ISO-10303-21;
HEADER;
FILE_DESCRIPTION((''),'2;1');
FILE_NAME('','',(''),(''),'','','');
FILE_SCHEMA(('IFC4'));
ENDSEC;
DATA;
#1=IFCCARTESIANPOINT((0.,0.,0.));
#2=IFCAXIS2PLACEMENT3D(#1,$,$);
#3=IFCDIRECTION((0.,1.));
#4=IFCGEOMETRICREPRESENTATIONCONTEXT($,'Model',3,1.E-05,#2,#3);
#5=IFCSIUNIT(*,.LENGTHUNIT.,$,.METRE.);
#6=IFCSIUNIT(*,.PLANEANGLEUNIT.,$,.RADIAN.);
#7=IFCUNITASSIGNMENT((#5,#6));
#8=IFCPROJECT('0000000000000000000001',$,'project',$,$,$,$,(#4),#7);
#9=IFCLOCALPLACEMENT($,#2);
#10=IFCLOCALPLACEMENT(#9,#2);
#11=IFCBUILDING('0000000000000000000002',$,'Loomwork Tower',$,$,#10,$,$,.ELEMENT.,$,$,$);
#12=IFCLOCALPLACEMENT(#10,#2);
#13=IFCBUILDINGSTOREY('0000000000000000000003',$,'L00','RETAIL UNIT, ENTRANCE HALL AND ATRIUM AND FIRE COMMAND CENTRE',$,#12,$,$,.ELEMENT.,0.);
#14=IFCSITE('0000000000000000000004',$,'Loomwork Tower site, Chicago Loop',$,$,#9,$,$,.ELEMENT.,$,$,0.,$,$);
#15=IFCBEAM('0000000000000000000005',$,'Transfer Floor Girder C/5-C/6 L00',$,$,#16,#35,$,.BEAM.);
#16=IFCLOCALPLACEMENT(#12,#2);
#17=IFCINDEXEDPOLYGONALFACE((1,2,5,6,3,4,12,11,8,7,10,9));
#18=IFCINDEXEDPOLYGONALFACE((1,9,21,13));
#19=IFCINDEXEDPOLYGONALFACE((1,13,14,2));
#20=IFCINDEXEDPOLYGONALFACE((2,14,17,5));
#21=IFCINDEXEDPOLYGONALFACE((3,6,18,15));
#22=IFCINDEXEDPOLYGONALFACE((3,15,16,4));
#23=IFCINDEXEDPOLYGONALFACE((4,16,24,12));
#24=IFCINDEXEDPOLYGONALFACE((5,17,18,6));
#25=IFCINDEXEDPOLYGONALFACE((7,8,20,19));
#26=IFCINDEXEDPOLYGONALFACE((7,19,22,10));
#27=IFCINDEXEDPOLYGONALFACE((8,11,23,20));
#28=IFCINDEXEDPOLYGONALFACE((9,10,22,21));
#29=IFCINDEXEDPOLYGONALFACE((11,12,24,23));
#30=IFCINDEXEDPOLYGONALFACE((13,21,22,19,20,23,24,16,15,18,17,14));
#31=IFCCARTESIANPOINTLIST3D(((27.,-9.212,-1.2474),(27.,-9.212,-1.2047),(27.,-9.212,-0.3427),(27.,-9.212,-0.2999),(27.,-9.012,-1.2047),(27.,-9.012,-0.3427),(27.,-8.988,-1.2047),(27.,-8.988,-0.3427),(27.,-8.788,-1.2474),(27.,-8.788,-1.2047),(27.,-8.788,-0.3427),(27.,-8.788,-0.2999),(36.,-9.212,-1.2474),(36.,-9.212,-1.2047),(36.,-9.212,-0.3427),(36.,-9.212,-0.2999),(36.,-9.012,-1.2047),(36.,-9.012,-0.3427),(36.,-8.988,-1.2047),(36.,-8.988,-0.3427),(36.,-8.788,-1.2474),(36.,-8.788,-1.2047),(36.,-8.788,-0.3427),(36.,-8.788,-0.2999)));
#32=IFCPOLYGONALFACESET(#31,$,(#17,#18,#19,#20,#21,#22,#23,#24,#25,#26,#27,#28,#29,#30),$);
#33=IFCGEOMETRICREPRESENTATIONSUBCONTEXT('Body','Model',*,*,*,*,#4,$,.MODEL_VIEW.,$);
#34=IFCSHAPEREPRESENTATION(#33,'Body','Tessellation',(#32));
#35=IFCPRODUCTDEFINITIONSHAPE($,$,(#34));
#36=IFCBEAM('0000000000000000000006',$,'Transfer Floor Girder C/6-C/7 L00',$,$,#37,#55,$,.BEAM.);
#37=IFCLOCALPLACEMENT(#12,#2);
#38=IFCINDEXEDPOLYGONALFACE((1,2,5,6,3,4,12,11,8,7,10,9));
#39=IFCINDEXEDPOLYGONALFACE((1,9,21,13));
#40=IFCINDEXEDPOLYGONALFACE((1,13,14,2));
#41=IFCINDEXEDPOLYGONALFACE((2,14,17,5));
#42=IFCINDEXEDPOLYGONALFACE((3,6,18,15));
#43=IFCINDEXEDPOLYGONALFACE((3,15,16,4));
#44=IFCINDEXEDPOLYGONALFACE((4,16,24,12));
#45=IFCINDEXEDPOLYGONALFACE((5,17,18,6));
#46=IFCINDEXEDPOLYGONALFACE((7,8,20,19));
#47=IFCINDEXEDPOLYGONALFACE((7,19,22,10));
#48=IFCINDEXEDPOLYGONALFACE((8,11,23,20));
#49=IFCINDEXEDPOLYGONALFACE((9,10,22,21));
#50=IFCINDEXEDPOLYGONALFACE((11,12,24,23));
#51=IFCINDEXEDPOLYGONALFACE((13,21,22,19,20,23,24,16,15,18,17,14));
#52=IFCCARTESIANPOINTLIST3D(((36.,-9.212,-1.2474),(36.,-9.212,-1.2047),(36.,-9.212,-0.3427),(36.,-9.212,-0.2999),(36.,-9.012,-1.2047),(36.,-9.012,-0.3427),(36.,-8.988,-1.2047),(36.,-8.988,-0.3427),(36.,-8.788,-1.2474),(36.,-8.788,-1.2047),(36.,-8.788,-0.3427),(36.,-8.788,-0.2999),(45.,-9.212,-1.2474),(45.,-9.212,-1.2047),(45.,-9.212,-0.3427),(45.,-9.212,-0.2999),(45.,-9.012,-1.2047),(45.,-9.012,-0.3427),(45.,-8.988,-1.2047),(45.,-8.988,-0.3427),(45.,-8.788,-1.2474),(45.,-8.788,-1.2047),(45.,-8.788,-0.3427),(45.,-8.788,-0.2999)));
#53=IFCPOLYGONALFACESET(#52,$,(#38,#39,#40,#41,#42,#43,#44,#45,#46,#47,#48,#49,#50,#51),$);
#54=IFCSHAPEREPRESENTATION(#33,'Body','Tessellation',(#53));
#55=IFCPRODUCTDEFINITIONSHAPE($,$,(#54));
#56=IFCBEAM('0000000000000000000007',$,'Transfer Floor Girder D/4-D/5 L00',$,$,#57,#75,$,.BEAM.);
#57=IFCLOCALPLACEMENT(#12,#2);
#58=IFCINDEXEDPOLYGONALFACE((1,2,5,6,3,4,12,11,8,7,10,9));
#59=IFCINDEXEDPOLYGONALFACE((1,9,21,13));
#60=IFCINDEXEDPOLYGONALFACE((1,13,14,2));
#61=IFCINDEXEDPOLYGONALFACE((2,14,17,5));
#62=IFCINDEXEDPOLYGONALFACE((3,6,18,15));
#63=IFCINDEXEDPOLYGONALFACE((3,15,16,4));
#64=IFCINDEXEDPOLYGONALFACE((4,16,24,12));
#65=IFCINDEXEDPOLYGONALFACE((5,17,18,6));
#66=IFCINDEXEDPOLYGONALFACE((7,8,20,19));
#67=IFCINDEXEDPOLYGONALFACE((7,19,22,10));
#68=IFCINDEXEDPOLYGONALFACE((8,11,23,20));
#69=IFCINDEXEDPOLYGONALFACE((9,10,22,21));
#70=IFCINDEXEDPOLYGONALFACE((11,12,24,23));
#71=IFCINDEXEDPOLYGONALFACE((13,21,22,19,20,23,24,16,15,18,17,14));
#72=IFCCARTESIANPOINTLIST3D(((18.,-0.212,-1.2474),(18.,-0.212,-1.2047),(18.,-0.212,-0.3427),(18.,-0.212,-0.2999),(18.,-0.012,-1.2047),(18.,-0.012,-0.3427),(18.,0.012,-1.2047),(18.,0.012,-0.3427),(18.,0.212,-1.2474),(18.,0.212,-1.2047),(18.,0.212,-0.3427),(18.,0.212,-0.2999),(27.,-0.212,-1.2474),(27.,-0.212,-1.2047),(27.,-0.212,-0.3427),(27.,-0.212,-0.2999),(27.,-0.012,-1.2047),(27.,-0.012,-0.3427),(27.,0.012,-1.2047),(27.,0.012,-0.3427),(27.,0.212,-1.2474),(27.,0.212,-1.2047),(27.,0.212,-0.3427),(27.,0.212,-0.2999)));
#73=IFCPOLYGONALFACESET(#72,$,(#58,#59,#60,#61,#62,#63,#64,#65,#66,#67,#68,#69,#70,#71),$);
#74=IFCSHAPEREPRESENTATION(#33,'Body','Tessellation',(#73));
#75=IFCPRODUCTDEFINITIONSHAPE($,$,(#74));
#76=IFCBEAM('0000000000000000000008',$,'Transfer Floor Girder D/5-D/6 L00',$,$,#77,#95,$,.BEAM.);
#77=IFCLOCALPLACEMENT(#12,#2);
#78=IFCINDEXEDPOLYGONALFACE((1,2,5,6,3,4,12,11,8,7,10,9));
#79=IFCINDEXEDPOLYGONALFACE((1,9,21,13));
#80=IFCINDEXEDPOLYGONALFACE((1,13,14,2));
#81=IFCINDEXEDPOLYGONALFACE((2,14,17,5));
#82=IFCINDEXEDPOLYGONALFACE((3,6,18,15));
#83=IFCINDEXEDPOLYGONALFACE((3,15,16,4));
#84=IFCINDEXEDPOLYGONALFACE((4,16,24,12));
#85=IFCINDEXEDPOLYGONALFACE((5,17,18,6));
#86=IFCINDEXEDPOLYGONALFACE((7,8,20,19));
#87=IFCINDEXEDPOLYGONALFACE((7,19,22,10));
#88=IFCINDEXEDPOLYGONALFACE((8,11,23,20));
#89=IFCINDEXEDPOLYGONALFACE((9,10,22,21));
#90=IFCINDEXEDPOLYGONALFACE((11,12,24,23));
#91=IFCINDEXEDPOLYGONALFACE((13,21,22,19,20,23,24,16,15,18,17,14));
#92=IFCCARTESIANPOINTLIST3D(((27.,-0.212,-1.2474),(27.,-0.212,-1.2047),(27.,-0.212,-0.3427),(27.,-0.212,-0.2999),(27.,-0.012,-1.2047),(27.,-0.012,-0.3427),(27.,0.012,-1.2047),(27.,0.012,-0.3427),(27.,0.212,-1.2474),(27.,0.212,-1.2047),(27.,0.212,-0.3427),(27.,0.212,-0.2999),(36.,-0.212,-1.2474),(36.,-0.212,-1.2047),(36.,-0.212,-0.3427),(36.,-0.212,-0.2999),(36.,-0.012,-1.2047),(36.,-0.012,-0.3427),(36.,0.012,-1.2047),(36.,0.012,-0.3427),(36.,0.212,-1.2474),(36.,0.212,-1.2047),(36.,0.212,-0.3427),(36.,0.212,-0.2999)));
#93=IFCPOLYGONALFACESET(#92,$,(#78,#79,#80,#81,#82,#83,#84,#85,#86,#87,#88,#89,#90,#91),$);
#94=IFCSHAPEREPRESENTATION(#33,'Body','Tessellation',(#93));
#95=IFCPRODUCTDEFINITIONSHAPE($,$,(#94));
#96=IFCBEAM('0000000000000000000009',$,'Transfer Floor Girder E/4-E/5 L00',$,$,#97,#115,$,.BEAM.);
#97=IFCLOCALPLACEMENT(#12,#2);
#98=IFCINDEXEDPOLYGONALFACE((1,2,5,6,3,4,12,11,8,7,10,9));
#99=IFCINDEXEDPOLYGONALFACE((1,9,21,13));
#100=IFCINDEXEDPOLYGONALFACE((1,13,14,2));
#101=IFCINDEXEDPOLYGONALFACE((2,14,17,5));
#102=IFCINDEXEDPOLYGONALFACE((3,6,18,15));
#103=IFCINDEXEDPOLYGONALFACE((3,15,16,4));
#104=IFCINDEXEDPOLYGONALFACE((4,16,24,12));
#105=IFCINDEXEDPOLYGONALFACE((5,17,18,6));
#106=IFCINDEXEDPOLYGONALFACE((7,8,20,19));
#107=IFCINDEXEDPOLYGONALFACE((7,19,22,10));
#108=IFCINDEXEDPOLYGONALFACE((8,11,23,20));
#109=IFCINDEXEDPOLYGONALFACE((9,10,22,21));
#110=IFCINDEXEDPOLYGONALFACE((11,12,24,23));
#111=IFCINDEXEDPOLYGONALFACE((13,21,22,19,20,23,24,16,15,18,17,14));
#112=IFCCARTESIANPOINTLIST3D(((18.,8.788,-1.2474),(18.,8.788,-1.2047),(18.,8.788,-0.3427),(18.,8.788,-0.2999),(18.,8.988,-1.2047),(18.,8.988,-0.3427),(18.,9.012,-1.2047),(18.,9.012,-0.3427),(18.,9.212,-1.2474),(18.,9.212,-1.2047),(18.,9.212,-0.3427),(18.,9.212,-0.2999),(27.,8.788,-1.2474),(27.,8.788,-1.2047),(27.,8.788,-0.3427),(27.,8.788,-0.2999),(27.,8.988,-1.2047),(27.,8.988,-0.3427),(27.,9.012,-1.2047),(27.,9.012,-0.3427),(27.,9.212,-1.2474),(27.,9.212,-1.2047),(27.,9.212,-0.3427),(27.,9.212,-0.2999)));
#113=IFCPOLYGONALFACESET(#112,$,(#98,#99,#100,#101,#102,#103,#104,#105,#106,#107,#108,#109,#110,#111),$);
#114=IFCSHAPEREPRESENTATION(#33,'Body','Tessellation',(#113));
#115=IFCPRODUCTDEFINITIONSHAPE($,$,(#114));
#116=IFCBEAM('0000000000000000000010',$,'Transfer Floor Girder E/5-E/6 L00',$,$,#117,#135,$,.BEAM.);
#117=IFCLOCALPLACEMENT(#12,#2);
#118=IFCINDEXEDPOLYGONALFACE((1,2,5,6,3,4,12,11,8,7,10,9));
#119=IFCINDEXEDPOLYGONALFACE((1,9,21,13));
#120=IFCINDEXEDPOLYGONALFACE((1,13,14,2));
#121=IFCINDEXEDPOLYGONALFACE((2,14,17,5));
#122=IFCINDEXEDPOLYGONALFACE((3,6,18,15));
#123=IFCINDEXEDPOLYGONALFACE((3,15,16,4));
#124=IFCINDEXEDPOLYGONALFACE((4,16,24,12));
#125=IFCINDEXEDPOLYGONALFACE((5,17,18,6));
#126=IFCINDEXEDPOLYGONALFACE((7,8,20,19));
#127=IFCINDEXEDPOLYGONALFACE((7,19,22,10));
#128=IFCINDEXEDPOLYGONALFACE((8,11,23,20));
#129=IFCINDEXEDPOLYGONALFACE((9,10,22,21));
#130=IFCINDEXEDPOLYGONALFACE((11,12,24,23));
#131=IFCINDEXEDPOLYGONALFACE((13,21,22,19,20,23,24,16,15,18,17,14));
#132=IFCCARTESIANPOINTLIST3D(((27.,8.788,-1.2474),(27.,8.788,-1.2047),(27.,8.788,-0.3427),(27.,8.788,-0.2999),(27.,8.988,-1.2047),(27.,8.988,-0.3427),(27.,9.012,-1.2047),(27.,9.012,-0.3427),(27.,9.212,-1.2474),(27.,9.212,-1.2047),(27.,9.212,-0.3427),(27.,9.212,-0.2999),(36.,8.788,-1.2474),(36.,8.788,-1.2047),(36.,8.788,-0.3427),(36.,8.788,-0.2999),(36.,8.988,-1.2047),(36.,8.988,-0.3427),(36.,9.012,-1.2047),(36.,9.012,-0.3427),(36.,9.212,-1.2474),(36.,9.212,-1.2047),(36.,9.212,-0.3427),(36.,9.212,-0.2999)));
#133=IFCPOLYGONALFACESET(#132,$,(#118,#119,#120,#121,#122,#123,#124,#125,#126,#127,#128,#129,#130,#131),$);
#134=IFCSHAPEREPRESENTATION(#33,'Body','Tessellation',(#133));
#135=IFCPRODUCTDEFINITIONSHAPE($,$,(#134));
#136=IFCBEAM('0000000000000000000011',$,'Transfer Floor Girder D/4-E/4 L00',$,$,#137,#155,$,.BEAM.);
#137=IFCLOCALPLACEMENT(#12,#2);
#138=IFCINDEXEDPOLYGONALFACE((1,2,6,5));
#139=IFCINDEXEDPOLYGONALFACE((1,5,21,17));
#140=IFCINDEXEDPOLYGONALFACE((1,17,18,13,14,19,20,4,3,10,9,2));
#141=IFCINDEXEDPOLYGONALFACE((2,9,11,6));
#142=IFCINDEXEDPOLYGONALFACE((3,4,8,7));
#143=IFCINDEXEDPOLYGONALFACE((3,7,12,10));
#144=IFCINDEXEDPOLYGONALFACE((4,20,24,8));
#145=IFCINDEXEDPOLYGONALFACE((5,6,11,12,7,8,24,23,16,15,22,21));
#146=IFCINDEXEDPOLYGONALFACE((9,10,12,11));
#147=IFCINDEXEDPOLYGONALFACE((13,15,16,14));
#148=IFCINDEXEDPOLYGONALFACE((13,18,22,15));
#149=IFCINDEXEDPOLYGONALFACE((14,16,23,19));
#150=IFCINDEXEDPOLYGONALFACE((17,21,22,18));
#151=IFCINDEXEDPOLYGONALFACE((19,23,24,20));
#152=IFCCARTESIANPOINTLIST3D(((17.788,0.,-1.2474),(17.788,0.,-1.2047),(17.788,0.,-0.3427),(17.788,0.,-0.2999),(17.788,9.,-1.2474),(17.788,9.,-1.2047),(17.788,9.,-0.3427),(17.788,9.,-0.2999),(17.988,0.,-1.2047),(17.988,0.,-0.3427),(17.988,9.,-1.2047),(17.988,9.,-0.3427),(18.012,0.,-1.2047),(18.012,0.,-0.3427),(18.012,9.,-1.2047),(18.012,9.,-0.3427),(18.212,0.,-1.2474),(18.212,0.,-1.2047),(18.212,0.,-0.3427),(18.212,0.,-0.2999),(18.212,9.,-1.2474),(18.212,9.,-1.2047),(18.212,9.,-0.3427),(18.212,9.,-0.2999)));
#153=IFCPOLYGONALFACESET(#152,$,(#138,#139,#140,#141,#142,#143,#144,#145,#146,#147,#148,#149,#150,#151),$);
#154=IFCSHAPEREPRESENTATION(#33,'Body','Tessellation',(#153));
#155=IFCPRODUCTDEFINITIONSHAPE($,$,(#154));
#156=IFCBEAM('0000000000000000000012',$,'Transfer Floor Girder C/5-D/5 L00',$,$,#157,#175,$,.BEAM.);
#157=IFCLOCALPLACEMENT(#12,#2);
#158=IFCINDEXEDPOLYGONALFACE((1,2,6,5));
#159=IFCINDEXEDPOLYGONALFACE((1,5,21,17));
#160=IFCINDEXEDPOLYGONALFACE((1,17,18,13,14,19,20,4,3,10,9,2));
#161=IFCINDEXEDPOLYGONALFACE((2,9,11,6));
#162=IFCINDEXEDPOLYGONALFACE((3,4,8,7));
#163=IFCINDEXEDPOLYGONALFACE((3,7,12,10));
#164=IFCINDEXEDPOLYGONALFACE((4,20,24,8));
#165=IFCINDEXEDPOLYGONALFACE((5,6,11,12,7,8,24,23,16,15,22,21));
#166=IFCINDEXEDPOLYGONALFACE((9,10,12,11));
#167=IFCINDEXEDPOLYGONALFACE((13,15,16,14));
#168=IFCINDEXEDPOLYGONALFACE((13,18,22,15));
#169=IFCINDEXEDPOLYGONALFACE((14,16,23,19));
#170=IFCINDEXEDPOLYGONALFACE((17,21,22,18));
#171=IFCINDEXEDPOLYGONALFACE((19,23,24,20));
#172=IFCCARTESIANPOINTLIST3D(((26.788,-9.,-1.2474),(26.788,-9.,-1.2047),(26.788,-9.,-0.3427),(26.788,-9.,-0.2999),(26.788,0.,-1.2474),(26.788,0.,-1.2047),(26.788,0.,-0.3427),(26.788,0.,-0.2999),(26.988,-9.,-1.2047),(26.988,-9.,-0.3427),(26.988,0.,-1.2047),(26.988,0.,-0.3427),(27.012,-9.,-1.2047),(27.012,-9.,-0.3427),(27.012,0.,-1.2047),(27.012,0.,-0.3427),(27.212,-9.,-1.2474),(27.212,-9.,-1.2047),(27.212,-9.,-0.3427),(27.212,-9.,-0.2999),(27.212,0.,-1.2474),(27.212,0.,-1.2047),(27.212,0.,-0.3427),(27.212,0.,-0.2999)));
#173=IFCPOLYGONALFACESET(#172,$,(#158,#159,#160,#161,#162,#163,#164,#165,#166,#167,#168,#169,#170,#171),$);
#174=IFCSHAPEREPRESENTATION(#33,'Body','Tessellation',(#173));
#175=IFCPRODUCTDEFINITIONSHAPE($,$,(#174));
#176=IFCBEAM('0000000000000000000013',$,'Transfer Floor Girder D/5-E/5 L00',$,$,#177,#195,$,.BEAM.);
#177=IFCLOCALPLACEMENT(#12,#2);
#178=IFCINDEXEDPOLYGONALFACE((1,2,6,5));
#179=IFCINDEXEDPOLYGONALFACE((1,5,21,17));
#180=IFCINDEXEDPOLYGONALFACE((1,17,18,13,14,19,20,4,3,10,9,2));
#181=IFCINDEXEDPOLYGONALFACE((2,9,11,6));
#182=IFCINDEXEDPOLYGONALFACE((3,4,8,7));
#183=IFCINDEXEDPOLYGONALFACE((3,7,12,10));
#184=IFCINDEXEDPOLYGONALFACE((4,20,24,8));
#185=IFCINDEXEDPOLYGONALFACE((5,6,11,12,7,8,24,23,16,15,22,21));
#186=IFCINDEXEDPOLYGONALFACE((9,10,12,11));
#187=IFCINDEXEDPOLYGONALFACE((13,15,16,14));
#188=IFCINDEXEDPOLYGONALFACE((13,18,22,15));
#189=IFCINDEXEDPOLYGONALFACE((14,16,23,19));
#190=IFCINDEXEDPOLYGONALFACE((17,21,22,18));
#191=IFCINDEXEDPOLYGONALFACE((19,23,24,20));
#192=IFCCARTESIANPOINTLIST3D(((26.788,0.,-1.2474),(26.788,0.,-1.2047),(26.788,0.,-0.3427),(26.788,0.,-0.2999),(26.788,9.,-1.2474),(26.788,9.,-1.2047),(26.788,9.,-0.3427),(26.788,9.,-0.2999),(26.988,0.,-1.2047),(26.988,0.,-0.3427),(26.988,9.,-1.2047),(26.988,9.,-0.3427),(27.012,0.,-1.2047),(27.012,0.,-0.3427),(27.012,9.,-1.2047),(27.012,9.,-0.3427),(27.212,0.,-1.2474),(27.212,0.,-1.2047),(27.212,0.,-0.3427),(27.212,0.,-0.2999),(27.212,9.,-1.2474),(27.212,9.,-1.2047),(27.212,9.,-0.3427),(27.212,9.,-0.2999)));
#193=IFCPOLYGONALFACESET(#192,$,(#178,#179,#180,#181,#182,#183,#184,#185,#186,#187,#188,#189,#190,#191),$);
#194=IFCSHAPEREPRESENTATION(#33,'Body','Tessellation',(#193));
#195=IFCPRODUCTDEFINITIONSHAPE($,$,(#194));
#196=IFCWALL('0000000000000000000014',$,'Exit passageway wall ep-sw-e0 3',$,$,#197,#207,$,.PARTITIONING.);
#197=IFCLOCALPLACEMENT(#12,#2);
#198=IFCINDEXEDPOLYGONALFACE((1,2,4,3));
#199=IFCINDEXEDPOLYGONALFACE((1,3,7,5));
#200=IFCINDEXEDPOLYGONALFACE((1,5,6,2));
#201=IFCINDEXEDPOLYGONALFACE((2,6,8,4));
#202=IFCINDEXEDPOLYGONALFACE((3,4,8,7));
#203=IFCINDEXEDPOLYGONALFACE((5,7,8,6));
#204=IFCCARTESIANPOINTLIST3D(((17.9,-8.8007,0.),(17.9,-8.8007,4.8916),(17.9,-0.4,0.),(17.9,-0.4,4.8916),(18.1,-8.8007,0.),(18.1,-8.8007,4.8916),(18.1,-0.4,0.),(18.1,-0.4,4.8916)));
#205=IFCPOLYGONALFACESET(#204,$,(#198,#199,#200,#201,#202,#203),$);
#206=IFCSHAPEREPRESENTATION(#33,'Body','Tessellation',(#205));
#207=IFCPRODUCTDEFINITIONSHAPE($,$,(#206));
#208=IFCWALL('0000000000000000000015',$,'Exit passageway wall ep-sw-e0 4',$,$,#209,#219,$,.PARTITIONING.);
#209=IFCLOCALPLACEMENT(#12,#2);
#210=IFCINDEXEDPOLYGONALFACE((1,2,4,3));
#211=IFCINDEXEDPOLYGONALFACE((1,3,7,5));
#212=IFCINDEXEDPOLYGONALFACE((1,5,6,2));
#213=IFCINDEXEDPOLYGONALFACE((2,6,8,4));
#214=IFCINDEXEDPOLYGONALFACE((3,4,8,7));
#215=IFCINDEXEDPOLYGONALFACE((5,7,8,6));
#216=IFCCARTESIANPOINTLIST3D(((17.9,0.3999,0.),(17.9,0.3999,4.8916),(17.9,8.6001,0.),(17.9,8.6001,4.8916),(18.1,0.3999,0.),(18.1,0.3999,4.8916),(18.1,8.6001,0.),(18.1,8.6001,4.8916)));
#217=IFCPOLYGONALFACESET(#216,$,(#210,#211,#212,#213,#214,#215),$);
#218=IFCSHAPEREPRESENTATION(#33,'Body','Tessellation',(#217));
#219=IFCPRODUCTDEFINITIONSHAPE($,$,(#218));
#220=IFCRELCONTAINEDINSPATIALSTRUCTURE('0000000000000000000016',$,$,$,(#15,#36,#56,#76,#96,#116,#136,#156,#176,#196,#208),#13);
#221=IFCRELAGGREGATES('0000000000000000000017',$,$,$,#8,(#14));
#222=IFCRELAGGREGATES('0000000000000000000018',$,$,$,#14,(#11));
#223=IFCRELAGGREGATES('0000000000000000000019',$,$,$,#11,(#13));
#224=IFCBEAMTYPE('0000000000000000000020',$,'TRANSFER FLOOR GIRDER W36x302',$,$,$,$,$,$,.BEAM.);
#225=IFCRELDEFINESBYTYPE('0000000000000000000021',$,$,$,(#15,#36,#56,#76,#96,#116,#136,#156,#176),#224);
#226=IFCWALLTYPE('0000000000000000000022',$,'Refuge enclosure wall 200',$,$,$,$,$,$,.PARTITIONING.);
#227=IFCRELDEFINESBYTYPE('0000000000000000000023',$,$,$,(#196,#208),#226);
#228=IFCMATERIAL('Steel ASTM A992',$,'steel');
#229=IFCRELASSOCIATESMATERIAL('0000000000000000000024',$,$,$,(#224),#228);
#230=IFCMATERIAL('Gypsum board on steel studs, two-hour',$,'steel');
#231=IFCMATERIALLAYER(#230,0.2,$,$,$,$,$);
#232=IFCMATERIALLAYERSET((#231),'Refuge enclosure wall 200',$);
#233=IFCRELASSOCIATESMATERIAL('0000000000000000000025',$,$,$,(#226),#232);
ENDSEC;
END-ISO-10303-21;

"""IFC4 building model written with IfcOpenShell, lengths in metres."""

from ifc_helpers import new_model, si_unit, direction, frame, frame_2d, origin, origin_2d, place, context, subcontext, project, spatial, rectangle, i_section, extrude, material, layer, layer_set, material_profile, profile_set, type_object, element, save


model = new_model("IFC4")

# Units and contexts
model_context = context("Model", 3, precision=1e-05, world=origin(), true_north=direction((0.0, 1.0)))
body_context = subcontext(model_context, "Body", "Model", "MODEL_VIEW")
ifc_project = project(units=[si_unit("LENGTHUNIT", "METRE"), si_unit("PLANEANGLEUNIT", "RADIAN")], contexts=[model_context])

# Site, building, storey
site_placement = place(None, origin())
site = spatial("IfcSite", under=ifc_project, at=site_placement, Name="Loomwork Tower site, Chicago Loop", CompositionType="ELEMENT", RefElevation=0.0)
building_placement = place(site_placement, origin())
building = spatial("IfcBuilding", under=site, at=building_placement, Name="Loomwork Tower", CompositionType="ELEMENT")
storey_placement = place(building_placement, origin())
storey = spatial("IfcBuildingStorey", under=building, at=storey_placement, Name="L00", Description="RETAIL UNIT, ENTRANCE HALL AND ATRIUM AND FIRE COMMAND CENTRE", CompositionType="ELEMENT", Elevation=0.0)

# Beams
ifc_material_1 = material(Name="Steel ASTM A992", Category="steel")
ifc_material_profile_1 = material_profile(ifc_material_1, i_section(OverallWidth=0.4241, OverallDepth=0.9475, WebThickness=0.0239, FlangeThickness=0.0427, at=origin_2d()), Name="W36x302")
ifc_profile_set_1 = profile_set([ifc_material_profile_1], Name="Steel ASTM A992")
beam_type_1 = type_object("IfcBeamType", Name="TRANSFER FLOOR GIRDER W36x302", PredefinedType="BEAM", material=ifc_profile_set_1)
for number, where, z_axis, x_axis, name in (
    (1, (27.0, -9.0, -0.7737), (1.0, 0.0, 0.0), (0.0, 1.0, 0.0), "Transfer Floor Girder C/5-C/6 L00"),
    (2, (36.0, -9.0, -0.7737), (1.0, 0.0, 0.0), (0.0, 1.0, 0.0), "Transfer Floor Girder C/6-C/7 L00"),
    (3, (18.0, 0.0, -0.7737), (1.0, 0.0, 0.0), (0.0, 1.0, 0.0), "Transfer Floor Girder D/4-D/5 L00"),
    (4, (27.0, 0.0, -0.7737), (1.0, 0.0, 0.0), (0.0, 1.0, 0.0), "Transfer Floor Girder D/5-D/6 L00"),
    (5, (18.0, 9.0, -0.7737), (1.0, 0.0, 0.0), (0.0, 1.0, 0.0), "Transfer Floor Girder E/4-E/5 L00"),
    (6, (27.0, 9.0, -0.7737), (1.0, 0.0, 0.0), (0.0, 1.0, 0.0), "Transfer Floor Girder E/5-E/6 L00"),
    (7, (18.0, 0.0, -0.7737), (0.0, 1.0, 0.0), (-1.0, 0.0, 0.0), "Transfer Floor Girder D/4-E/4 L00"),
    (8, (27.0, -9.0, -0.7737), (0.0, 1.0, 0.0), (-1.0, 0.0, 0.0), "Transfer Floor Girder C/5-D/5 L00"),
    (9, (27.0, 0.0, -0.7737), (0.0, 1.0, 0.0), (-1.0, 0.0, 0.0), "Transfer Floor Girder D/5-E/5 L00"),
):
    element("IfcBeam", number, at=place(storey_placement, frame(where, z_axis=z_axis, x_axis=x_axis)), inside=storey, type_object=beam_type_1, Name=name, PredefinedType="BEAM", context=body_context, shape_type="SweptSolid", body=[
        extrude(i_section(OverallWidth=0.4241, OverallDepth=0.9475, WebThickness=0.0239, FlangeThickness=0.0427, at=origin_2d()), origin(), (0.0, 0.0, 1.0), 9.0),
    ])

# Walls
ifc_material_2 = material(Name="Gypsum board on steel studs, two-hour", Category="steel")
ifc_layer_1 = layer(ifc_material_2, 0.2)
ifc_layer_set_1 = layer_set([ifc_layer_1], Name="Refuge enclosure wall 200")
wall_type = type_object("IfcWallType", Name="Refuge enclosure wall 200", PredefinedType="PARTITIONING", material=ifc_layer_set_1)
wall_1_placement = place(storey_placement, frame((18.0, -8.8005, 0.0), z_axis=(0.0, 0.0, 1.0), x_axis=(0.0, 1.0, 0.0)))
element("IfcWall", 10, at=wall_1_placement, inside=storey, type_object=wall_type, Name="Exit passageway wall ep-sw-e0 3", PredefinedType="PARTITIONING", context=body_context, shape_type="SweptSolid", body=[
    extrude(rectangle(XDim=8.4006, YDim=0.2, at=frame_2d((4.2002, 0.0))), origin(), (0.0, 0.0, 1.0), 4.8916),
])
wall_2_placement = place(storey_placement, frame((18.0, 0.3999, 0.0), z_axis=(0.0, 0.0, 1.0), x_axis=(0.0, 1.0, 0.0)))
element("IfcWall", 11, at=wall_2_placement, inside=storey, type_object=wall_type, Name="Exit passageway wall ep-sw-e0 4", PredefinedType="PARTITIONING", context=body_context, shape_type="SweptSolid", body=[
    extrude(rectangle(XDim=8.2002, YDim=0.2, at=frame_2d((4.1001, 0.0))), origin(), (0.0, 0.0, 1.0), 4.8916),
])

save(model, "model.ifc")
